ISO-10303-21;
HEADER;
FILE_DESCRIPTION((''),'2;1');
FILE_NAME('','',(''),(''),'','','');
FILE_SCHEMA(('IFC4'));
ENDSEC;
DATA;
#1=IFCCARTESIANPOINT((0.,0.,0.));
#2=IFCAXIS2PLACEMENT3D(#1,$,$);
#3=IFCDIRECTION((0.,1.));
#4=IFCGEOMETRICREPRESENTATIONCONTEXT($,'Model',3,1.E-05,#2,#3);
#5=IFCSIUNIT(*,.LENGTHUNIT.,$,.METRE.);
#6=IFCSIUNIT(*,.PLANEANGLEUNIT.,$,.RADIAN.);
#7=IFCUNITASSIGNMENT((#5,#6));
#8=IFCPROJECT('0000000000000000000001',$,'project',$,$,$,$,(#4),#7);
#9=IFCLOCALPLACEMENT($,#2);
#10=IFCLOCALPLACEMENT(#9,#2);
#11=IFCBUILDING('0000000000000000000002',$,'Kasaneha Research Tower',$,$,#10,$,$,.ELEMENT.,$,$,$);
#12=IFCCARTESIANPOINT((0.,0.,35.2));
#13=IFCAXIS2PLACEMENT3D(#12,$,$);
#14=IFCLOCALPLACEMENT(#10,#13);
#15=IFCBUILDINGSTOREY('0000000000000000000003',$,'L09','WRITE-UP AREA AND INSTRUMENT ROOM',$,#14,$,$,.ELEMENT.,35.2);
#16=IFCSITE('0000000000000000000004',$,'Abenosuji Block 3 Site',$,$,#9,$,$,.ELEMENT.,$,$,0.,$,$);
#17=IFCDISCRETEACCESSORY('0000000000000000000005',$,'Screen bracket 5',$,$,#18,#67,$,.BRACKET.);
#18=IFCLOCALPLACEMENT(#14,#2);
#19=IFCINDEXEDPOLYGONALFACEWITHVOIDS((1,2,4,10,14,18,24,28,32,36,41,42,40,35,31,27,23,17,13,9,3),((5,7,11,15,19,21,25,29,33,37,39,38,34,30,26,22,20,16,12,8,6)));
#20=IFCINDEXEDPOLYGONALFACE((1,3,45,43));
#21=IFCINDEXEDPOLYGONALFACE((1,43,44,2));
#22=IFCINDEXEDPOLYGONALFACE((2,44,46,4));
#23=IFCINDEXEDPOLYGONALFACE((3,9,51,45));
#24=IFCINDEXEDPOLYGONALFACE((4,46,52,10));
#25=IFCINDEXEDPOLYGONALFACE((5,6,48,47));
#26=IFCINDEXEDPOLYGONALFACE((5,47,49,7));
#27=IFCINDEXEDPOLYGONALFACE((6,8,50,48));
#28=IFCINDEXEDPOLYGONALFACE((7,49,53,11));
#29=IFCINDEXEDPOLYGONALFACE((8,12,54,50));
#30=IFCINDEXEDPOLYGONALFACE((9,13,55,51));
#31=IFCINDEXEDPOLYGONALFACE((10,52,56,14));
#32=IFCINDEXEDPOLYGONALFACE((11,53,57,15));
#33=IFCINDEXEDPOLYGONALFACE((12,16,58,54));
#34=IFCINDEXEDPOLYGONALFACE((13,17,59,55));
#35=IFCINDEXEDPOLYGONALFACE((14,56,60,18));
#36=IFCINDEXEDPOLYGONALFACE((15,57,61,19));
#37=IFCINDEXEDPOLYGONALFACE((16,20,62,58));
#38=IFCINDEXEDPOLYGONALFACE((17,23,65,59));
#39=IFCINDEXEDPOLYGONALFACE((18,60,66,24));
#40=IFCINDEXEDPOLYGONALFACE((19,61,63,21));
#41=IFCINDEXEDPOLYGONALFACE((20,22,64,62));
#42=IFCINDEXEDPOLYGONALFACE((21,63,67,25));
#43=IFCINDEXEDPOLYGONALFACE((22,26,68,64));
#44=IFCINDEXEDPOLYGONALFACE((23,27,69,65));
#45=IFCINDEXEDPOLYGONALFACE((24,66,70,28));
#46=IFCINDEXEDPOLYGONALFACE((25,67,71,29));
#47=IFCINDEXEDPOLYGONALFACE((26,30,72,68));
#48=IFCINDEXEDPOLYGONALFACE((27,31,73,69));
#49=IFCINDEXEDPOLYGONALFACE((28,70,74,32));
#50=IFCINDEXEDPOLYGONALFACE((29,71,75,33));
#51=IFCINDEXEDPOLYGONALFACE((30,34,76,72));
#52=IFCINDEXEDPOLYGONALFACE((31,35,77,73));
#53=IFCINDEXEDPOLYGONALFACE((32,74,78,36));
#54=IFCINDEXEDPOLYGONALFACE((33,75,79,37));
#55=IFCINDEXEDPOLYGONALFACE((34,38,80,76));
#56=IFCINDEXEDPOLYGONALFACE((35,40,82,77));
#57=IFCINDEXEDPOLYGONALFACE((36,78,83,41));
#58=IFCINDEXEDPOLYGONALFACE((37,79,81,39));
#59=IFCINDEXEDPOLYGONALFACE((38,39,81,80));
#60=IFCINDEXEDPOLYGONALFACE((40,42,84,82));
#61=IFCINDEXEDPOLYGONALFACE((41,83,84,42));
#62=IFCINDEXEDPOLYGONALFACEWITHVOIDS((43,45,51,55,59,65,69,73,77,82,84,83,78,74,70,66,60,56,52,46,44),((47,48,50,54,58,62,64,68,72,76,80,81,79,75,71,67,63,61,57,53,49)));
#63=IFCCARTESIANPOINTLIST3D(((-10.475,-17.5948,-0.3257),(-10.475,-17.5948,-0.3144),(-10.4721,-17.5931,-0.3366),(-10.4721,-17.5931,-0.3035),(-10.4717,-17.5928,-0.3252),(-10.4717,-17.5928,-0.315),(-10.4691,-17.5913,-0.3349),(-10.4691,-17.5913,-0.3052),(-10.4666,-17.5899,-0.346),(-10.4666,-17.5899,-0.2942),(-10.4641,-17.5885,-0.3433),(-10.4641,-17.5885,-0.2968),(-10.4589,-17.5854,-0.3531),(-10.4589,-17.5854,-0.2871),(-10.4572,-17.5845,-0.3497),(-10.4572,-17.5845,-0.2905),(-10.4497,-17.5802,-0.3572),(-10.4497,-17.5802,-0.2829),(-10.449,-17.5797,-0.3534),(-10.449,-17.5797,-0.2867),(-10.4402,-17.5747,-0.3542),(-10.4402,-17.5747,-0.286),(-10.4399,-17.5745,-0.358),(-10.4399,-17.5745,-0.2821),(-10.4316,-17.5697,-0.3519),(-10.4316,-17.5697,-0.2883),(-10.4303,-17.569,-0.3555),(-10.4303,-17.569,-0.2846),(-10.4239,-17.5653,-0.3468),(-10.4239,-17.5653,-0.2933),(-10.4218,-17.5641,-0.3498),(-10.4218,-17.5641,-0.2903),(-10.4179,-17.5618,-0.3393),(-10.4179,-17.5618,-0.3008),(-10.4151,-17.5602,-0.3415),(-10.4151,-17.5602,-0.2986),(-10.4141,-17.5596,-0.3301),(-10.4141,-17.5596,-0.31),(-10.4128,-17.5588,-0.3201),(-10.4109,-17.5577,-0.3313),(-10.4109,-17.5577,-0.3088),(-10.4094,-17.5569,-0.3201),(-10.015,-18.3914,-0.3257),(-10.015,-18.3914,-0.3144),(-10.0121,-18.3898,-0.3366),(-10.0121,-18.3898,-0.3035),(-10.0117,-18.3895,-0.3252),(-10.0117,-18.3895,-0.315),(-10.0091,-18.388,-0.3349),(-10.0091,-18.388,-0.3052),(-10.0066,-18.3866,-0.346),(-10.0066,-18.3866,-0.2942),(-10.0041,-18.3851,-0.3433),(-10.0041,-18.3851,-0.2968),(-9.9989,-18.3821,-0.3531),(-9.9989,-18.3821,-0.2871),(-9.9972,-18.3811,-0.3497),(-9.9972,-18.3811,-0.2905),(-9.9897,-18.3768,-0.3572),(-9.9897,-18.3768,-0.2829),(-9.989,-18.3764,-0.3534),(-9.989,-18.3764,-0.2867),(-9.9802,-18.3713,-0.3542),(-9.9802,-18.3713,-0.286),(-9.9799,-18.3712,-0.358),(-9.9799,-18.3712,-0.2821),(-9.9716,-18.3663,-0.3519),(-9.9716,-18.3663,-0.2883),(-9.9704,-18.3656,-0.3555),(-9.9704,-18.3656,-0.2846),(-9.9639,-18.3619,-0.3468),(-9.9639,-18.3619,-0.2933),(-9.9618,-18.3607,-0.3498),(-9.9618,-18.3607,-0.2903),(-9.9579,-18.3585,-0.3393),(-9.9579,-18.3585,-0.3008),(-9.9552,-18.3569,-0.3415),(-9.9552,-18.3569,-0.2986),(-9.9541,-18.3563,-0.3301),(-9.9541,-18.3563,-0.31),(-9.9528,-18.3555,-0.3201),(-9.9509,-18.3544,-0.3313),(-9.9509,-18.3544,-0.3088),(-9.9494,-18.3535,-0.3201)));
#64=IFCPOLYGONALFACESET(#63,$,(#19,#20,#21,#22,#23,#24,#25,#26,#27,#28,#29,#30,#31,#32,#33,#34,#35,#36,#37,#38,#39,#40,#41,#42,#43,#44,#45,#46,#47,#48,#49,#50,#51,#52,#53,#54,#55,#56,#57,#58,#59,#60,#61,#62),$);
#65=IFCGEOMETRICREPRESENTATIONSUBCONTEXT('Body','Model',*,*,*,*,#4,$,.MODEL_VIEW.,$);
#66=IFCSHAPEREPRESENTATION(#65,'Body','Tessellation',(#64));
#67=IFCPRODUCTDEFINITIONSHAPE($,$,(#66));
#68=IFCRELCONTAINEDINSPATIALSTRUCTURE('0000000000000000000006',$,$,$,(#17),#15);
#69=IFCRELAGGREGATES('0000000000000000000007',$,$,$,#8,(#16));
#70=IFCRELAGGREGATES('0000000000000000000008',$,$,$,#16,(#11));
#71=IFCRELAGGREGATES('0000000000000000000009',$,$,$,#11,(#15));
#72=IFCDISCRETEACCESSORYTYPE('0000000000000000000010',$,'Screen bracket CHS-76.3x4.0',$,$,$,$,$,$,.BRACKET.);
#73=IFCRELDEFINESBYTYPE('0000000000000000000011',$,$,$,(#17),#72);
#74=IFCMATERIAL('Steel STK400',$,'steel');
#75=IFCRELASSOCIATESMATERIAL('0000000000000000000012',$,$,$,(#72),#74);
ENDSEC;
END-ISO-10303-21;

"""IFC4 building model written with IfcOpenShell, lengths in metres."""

from ifc_helpers import new_model, si_unit, direction, frame, origin, origin_2d, place, context, subcontext, project, spatial, hollow_circle, extrude, material, material_profile, profile_set, type_object, element, save


model = new_model("IFC4")

# Units and contexts
model_context = context("Model", 3, precision=1e-05, world=origin(), true_north=direction((0.0, 1.0)))
body_context = subcontext(model_context, "Body", "Model", "MODEL_VIEW")
ifc_project = project(units=[si_unit("LENGTHUNIT", "METRE"), si_unit("PLANEANGLEUNIT", "RADIAN")], contexts=[model_context])

# Site, building, storey
site_placement = place(None, origin())
site = spatial("IfcSite", under=ifc_project, at=site_placement, Name="Abenosuji Block 3 Site", CompositionType="ELEMENT", RefElevation=0.0)
building_placement = place(site_placement, origin())
building = spatial("IfcBuilding", under=site, at=building_placement, Name="Kasaneha Research Tower", CompositionType="ELEMENT")
storey_placement = place(building_placement, frame((0.0, 0.0, 35.2)))
storey = spatial("IfcBuildingStorey", under=building, at=storey_placement, Name="L09", Description="WRITE-UP AREA AND INSTRUMENT ROOM", CompositionType="ELEMENT", Elevation=35.2)

# Discrete accessory
ifc_material_1 = material(Name="Steel STK400", Category="steel")
ifc_material_profile_1 = material_profile(ifc_material_1, hollow_circle(Radius=0.0381, WallThickness=0.0039, at=origin_2d()), Name="CHS-76.3x4.0")
ifc_profile_set_1 = profile_set([ifc_material_profile_1], Name="Steel STK400")
discrete_accessory_type = type_object("IfcDiscreteAccessoryType", Name="Screen bracket CHS-76.3x4.0", PredefinedType="BRACKET", material=ifc_profile_set_1)
discrete_accessory_1_placement = place(storey_placement, frame((-10.4424, -17.5759, -0.3201), z_axis=(0.500021, -0.866013, 0.0), x_axis=(0.866013, 0.500021, 0.0)))
element("IfcDiscreteAccessory", 1, at=discrete_accessory_1_placement, inside=storey, type_object=discrete_accessory_type, Name="Screen bracket 5", PredefinedType="BRACKET", context=body_context, shape_type="SweptSolid", body=[
    extrude(hollow_circle(Radius=0.0381, WallThickness=0.0039, at=origin_2d()), origin(), (0.0, 0.0, 1.0), 0.9199),
])

save(model, "model.ifc")
